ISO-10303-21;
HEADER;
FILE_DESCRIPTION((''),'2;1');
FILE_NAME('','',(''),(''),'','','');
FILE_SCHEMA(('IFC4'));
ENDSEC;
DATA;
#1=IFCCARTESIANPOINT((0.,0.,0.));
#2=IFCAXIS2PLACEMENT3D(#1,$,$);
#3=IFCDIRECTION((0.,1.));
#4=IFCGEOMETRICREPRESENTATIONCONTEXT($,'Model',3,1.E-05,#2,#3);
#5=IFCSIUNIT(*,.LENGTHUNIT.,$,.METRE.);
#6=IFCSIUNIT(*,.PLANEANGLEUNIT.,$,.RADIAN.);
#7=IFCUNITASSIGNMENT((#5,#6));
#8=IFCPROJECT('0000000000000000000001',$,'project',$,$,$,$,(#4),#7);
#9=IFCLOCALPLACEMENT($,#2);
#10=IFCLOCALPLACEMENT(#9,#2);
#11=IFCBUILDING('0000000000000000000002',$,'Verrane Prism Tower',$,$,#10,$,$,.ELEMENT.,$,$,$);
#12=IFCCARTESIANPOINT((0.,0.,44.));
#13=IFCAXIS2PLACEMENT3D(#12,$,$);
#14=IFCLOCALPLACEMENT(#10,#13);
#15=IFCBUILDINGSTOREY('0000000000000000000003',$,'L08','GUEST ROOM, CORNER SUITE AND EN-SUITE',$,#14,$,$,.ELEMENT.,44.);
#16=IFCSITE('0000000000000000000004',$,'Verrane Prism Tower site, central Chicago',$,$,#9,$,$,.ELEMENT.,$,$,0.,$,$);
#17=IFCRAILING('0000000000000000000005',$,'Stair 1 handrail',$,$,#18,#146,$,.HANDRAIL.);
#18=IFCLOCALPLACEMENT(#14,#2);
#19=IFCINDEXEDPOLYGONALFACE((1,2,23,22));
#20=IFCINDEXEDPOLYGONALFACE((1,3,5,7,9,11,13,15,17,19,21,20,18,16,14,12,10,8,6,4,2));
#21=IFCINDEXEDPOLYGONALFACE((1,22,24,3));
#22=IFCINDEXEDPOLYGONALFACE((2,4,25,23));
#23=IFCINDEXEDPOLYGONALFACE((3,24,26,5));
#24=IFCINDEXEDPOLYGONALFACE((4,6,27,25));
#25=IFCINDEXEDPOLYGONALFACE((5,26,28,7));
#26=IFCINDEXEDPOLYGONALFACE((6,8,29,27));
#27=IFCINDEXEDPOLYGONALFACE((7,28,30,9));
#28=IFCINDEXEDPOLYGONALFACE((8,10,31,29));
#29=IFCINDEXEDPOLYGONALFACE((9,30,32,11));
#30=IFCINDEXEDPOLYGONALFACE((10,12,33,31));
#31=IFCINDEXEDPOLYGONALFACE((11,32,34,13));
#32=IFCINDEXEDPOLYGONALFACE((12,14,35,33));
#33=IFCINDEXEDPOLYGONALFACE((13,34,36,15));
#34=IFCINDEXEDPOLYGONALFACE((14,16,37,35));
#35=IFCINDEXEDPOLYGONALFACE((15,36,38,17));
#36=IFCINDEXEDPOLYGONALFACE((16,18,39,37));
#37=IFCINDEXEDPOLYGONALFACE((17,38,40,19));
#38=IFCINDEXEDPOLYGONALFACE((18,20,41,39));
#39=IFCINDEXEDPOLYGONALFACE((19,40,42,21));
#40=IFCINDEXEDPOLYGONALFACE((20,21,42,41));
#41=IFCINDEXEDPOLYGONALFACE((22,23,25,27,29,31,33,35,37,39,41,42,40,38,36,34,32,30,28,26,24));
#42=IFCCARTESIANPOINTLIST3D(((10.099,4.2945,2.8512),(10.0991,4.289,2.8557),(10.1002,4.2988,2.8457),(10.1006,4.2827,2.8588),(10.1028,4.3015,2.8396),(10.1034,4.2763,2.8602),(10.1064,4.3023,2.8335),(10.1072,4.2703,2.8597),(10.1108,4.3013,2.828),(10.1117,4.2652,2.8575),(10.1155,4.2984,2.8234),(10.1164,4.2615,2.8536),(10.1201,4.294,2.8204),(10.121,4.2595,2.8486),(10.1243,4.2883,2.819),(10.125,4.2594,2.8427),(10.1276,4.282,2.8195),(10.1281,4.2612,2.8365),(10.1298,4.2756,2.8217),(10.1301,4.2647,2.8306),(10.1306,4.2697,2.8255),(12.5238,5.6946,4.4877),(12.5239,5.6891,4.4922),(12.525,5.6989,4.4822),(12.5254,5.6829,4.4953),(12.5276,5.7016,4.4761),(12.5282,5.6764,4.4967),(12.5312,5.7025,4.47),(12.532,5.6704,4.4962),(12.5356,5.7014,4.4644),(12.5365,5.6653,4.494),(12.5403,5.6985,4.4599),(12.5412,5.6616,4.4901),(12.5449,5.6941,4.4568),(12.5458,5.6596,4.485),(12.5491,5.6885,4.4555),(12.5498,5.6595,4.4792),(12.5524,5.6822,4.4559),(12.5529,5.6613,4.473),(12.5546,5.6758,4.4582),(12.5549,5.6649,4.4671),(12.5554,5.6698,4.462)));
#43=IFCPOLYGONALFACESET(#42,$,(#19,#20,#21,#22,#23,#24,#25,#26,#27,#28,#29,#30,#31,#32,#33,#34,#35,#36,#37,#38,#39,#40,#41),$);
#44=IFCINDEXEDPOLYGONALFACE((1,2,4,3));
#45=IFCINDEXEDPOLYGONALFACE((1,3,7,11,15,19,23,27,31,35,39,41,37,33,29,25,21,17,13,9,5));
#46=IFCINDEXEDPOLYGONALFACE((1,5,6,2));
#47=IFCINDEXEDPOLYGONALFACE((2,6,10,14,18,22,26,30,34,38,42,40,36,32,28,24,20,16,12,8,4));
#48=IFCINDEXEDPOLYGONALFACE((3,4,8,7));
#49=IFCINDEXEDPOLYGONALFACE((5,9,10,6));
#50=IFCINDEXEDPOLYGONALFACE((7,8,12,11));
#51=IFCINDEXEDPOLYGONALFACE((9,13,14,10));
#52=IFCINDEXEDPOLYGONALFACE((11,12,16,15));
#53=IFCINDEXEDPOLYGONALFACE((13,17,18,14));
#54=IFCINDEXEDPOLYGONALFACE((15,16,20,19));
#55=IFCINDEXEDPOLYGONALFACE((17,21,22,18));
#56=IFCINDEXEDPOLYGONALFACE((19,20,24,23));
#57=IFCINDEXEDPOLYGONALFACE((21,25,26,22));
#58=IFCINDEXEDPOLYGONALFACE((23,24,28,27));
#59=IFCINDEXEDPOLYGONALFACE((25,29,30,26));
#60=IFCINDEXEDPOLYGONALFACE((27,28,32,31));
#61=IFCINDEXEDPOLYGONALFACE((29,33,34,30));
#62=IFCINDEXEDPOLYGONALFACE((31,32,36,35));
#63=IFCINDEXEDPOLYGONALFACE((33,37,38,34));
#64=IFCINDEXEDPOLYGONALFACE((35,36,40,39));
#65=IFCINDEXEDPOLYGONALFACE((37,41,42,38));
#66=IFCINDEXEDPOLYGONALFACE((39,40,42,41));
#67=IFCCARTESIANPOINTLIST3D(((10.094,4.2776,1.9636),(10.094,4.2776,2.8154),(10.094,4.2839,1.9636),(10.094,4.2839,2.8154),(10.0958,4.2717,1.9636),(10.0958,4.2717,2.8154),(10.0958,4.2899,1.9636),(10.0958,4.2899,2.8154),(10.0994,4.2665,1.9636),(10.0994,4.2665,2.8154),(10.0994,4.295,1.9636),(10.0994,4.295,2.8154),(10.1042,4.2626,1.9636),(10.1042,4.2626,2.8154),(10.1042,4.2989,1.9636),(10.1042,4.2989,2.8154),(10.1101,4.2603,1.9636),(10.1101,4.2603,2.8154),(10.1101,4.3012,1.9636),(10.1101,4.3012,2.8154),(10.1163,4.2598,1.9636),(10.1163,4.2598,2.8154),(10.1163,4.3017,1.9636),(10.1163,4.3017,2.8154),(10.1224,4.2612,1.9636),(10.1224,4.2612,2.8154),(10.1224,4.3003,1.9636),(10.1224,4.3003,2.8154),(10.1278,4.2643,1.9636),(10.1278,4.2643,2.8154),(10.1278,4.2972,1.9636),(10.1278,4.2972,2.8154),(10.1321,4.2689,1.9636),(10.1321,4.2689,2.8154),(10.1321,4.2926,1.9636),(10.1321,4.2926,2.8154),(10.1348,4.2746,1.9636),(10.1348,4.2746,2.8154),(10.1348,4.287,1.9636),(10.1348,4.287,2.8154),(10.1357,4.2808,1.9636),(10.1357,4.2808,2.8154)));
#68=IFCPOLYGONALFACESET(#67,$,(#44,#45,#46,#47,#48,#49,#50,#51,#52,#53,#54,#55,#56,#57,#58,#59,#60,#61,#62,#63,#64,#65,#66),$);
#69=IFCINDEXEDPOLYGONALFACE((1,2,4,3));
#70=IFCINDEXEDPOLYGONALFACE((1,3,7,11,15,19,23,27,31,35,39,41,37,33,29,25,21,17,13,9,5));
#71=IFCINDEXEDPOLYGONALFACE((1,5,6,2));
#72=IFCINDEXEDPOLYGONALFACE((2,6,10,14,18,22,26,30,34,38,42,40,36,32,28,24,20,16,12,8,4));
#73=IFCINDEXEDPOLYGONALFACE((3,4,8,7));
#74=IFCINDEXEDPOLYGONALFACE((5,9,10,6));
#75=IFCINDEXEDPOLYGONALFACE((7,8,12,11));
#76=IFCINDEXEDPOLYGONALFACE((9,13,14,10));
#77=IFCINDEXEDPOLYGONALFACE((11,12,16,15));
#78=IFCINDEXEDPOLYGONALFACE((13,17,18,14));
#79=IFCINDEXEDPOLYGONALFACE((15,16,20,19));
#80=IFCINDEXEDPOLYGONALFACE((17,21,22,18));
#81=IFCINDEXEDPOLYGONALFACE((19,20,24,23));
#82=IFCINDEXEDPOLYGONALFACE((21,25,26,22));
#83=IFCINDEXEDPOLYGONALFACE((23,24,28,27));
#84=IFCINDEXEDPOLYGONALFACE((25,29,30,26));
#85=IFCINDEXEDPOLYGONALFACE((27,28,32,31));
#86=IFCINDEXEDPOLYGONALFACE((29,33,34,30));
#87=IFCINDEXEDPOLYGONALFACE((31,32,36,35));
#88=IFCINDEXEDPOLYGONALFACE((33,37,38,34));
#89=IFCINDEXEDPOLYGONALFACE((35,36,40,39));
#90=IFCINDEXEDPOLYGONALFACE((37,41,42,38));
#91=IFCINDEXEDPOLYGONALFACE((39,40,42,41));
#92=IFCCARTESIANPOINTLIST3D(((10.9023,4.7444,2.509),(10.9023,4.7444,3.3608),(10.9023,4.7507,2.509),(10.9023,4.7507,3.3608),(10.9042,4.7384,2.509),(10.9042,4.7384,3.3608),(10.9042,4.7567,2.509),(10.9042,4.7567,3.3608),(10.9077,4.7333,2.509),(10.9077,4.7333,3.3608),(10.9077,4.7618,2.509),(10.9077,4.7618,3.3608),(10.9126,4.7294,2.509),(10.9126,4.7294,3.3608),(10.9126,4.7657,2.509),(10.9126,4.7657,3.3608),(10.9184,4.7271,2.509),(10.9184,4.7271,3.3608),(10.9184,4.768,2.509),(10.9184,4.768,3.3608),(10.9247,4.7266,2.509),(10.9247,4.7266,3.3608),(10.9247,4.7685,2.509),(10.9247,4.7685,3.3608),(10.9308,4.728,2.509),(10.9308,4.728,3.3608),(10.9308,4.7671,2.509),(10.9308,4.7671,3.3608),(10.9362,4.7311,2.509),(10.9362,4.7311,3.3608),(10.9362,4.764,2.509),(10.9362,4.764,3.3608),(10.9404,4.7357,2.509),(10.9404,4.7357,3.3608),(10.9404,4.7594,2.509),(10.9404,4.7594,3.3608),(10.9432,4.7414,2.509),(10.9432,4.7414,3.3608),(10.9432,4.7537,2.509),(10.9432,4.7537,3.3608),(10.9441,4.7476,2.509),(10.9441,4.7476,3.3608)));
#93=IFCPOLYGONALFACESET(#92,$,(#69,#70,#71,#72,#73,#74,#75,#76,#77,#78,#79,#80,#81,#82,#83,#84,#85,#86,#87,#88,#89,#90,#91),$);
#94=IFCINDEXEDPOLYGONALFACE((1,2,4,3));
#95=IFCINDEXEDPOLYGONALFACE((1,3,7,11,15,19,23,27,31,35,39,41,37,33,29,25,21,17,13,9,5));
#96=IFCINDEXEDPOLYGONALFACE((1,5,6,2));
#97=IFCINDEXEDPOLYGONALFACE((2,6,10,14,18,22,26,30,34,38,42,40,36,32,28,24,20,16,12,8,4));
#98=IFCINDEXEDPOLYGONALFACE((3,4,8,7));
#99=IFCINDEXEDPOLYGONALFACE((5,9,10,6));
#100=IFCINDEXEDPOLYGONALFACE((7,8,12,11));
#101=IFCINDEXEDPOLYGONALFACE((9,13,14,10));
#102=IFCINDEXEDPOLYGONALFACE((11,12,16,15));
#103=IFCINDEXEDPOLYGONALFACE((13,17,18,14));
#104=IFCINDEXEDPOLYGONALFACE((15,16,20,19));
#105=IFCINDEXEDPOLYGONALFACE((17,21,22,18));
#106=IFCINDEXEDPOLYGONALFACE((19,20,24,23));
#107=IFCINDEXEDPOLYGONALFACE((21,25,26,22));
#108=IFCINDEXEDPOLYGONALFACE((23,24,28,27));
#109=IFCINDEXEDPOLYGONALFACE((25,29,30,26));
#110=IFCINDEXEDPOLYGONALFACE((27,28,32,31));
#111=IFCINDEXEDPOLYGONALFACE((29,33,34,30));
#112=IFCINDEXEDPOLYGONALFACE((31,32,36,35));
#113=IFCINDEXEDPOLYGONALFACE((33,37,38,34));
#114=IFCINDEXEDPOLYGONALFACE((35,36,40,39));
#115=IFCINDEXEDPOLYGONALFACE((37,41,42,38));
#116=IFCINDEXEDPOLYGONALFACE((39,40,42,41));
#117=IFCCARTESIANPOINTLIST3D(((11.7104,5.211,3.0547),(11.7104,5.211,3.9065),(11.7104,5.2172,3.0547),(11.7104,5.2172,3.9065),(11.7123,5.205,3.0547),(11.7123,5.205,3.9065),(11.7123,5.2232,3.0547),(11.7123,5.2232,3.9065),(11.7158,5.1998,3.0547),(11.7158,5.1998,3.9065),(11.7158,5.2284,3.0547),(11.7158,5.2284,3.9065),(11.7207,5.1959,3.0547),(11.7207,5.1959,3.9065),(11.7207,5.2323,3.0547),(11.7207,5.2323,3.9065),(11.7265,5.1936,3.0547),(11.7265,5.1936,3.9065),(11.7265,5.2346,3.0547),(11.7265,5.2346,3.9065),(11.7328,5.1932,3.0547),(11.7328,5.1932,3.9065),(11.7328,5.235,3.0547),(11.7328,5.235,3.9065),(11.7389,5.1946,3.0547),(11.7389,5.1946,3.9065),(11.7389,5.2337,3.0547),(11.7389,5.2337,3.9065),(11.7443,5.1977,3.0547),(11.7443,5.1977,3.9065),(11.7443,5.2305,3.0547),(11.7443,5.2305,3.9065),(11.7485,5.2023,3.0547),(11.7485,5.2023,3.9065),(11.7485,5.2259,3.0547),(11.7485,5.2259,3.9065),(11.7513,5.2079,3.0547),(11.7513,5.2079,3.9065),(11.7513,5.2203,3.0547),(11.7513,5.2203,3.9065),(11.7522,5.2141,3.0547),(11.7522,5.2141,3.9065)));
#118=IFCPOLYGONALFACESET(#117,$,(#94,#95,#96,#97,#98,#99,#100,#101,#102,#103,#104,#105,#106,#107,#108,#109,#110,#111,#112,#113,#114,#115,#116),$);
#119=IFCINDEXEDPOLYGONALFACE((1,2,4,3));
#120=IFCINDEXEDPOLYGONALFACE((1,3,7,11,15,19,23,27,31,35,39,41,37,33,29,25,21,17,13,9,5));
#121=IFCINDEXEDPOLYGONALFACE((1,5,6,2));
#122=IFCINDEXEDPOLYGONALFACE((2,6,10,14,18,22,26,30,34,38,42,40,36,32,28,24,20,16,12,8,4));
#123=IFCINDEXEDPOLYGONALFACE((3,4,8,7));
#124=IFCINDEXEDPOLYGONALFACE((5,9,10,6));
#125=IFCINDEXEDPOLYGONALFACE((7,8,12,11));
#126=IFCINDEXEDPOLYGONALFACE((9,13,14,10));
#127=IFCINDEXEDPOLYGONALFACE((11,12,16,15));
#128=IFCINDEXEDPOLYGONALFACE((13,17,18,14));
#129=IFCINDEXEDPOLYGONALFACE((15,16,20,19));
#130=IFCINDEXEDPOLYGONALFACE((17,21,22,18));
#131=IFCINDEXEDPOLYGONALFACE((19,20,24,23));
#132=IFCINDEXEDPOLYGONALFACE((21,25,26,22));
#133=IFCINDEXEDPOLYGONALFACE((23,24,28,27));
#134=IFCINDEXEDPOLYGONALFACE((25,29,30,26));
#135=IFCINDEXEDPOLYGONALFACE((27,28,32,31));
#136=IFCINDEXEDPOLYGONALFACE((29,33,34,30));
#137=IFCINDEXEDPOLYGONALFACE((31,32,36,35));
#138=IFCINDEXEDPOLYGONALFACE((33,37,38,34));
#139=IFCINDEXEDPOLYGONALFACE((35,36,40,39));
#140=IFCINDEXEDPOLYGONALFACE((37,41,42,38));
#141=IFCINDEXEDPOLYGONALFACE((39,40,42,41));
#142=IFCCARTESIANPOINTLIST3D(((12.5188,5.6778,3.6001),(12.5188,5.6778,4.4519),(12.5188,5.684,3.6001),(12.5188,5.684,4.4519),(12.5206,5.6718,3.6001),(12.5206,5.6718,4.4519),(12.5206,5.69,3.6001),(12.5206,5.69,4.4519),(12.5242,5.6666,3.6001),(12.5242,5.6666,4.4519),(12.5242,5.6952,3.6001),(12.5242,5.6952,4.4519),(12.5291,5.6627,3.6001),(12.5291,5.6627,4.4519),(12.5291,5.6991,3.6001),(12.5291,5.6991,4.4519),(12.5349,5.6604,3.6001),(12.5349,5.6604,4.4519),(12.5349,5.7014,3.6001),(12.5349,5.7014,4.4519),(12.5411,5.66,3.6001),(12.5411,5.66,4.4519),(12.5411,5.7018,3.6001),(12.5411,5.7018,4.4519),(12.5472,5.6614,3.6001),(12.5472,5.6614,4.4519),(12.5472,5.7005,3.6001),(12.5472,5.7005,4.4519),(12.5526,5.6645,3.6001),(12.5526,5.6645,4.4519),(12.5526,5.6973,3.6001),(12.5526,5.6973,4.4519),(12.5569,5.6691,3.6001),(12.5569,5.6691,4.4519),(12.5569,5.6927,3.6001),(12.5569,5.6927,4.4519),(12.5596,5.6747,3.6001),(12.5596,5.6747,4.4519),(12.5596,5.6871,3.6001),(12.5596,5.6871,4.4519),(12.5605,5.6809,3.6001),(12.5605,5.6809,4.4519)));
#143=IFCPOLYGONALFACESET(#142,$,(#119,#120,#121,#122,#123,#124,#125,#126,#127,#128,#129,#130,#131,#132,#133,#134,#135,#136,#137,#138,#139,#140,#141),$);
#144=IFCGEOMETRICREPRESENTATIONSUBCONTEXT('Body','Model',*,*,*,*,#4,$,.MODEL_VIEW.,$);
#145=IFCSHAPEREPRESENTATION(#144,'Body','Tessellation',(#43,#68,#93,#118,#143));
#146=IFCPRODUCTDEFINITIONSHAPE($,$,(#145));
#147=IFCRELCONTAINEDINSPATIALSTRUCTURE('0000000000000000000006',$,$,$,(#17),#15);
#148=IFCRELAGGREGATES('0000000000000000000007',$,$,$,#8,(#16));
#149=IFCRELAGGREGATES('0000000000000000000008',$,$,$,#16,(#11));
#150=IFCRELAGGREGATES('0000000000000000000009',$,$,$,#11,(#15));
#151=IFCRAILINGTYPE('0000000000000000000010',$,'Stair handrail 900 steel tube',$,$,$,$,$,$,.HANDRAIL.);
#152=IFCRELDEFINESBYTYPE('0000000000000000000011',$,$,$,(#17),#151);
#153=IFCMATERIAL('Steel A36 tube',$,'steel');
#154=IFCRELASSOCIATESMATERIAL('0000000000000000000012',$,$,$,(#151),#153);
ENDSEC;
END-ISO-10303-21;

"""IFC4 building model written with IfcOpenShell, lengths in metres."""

from ifc_helpers import new_model, si_unit, direction, frame, origin, origin_2d, place, context, subcontext, project, spatial, circle, extrude, material, type_object, element, save


model = new_model("IFC4")

# Units and contexts
model_context = context("Model", 3, precision=1e-05, world=origin(), true_north=direction((0.0, 1.0)))
body_context = subcontext(model_context, "Body", "Model", "MODEL_VIEW")
ifc_project = project(units=[si_unit("LENGTHUNIT", "METRE"), si_unit("PLANEANGLEUNIT", "RADIAN")], contexts=[model_context])

# Site, building, storey
site_placement = place(None, origin())
site = spatial("IfcSite", under=ifc_project, at=site_placement, Name="Verrane Prism Tower site, central Chicago", CompositionType="ELEMENT", RefElevation=0.0)
building_placement = place(site_placement, origin())
building = spatial("IfcBuilding", under=site, at=building_placement, Name="Verrane Prism Tower", CompositionType="ELEMENT")
storey_placement = place(building_placement, frame((0.0, 0.0, 44.0)))
storey = spatial("IfcBuildingStorey", under=building, at=storey_placement, Name="L08", Description="GUEST ROOM, CORNER SUITE AND EN-SUITE", CompositionType="ELEMENT", Elevation=44.0)

# Railing
ifc_material_1 = material(Name="Steel A36 tube", Category="steel")
railing_type_1 = type_object("IfcRailingType", Name="Stair handrail 900 steel tube", PredefinedType="HANDRAIL", material=ifc_material_1)
railing_1_placement = place(storey_placement, frame((10.1147, 4.2808, 1.9636)))
element("IfcRailing", 1, at=railing_1_placement, inside=storey, type_object=railing_type_1, Name="Stair 1 handrail", PredefinedType="HANDRAIL", context=body_context, shape_type="SweptSolid", body=[
    extrude(circle(Radius=0.0239, at=origin_2d()), frame((0.0, 0.0, 0.876), z_axis=(0.747666, 0.431722, 0.504591), x_axis=(-0.50005, 0.865997, 0.0)), (0.0, 0.0, 1.0), 3.2432),
    extrude(circle(Radius=0.021, at=origin_2d()), origin(), (0.0, 0.0, 1.0), 0.8518),
    extrude(circle(Radius=0.021, at=origin_2d()), frame((0.8083, 0.4668, 0.5454)), (0.0, 0.0, 1.0), 0.8518),
    extrude(circle(Radius=0.021, at=origin_2d()), frame((1.6165, 0.9333, 1.0911)), (0.0, 0.0, 1.0), 0.8518),
    extrude(circle(Radius=0.021, at=origin_2d()), frame((2.4248, 1.4001, 1.6365)), (0.0, 0.0, 1.0), 0.8518),
])

save(model, "model.ifc")
